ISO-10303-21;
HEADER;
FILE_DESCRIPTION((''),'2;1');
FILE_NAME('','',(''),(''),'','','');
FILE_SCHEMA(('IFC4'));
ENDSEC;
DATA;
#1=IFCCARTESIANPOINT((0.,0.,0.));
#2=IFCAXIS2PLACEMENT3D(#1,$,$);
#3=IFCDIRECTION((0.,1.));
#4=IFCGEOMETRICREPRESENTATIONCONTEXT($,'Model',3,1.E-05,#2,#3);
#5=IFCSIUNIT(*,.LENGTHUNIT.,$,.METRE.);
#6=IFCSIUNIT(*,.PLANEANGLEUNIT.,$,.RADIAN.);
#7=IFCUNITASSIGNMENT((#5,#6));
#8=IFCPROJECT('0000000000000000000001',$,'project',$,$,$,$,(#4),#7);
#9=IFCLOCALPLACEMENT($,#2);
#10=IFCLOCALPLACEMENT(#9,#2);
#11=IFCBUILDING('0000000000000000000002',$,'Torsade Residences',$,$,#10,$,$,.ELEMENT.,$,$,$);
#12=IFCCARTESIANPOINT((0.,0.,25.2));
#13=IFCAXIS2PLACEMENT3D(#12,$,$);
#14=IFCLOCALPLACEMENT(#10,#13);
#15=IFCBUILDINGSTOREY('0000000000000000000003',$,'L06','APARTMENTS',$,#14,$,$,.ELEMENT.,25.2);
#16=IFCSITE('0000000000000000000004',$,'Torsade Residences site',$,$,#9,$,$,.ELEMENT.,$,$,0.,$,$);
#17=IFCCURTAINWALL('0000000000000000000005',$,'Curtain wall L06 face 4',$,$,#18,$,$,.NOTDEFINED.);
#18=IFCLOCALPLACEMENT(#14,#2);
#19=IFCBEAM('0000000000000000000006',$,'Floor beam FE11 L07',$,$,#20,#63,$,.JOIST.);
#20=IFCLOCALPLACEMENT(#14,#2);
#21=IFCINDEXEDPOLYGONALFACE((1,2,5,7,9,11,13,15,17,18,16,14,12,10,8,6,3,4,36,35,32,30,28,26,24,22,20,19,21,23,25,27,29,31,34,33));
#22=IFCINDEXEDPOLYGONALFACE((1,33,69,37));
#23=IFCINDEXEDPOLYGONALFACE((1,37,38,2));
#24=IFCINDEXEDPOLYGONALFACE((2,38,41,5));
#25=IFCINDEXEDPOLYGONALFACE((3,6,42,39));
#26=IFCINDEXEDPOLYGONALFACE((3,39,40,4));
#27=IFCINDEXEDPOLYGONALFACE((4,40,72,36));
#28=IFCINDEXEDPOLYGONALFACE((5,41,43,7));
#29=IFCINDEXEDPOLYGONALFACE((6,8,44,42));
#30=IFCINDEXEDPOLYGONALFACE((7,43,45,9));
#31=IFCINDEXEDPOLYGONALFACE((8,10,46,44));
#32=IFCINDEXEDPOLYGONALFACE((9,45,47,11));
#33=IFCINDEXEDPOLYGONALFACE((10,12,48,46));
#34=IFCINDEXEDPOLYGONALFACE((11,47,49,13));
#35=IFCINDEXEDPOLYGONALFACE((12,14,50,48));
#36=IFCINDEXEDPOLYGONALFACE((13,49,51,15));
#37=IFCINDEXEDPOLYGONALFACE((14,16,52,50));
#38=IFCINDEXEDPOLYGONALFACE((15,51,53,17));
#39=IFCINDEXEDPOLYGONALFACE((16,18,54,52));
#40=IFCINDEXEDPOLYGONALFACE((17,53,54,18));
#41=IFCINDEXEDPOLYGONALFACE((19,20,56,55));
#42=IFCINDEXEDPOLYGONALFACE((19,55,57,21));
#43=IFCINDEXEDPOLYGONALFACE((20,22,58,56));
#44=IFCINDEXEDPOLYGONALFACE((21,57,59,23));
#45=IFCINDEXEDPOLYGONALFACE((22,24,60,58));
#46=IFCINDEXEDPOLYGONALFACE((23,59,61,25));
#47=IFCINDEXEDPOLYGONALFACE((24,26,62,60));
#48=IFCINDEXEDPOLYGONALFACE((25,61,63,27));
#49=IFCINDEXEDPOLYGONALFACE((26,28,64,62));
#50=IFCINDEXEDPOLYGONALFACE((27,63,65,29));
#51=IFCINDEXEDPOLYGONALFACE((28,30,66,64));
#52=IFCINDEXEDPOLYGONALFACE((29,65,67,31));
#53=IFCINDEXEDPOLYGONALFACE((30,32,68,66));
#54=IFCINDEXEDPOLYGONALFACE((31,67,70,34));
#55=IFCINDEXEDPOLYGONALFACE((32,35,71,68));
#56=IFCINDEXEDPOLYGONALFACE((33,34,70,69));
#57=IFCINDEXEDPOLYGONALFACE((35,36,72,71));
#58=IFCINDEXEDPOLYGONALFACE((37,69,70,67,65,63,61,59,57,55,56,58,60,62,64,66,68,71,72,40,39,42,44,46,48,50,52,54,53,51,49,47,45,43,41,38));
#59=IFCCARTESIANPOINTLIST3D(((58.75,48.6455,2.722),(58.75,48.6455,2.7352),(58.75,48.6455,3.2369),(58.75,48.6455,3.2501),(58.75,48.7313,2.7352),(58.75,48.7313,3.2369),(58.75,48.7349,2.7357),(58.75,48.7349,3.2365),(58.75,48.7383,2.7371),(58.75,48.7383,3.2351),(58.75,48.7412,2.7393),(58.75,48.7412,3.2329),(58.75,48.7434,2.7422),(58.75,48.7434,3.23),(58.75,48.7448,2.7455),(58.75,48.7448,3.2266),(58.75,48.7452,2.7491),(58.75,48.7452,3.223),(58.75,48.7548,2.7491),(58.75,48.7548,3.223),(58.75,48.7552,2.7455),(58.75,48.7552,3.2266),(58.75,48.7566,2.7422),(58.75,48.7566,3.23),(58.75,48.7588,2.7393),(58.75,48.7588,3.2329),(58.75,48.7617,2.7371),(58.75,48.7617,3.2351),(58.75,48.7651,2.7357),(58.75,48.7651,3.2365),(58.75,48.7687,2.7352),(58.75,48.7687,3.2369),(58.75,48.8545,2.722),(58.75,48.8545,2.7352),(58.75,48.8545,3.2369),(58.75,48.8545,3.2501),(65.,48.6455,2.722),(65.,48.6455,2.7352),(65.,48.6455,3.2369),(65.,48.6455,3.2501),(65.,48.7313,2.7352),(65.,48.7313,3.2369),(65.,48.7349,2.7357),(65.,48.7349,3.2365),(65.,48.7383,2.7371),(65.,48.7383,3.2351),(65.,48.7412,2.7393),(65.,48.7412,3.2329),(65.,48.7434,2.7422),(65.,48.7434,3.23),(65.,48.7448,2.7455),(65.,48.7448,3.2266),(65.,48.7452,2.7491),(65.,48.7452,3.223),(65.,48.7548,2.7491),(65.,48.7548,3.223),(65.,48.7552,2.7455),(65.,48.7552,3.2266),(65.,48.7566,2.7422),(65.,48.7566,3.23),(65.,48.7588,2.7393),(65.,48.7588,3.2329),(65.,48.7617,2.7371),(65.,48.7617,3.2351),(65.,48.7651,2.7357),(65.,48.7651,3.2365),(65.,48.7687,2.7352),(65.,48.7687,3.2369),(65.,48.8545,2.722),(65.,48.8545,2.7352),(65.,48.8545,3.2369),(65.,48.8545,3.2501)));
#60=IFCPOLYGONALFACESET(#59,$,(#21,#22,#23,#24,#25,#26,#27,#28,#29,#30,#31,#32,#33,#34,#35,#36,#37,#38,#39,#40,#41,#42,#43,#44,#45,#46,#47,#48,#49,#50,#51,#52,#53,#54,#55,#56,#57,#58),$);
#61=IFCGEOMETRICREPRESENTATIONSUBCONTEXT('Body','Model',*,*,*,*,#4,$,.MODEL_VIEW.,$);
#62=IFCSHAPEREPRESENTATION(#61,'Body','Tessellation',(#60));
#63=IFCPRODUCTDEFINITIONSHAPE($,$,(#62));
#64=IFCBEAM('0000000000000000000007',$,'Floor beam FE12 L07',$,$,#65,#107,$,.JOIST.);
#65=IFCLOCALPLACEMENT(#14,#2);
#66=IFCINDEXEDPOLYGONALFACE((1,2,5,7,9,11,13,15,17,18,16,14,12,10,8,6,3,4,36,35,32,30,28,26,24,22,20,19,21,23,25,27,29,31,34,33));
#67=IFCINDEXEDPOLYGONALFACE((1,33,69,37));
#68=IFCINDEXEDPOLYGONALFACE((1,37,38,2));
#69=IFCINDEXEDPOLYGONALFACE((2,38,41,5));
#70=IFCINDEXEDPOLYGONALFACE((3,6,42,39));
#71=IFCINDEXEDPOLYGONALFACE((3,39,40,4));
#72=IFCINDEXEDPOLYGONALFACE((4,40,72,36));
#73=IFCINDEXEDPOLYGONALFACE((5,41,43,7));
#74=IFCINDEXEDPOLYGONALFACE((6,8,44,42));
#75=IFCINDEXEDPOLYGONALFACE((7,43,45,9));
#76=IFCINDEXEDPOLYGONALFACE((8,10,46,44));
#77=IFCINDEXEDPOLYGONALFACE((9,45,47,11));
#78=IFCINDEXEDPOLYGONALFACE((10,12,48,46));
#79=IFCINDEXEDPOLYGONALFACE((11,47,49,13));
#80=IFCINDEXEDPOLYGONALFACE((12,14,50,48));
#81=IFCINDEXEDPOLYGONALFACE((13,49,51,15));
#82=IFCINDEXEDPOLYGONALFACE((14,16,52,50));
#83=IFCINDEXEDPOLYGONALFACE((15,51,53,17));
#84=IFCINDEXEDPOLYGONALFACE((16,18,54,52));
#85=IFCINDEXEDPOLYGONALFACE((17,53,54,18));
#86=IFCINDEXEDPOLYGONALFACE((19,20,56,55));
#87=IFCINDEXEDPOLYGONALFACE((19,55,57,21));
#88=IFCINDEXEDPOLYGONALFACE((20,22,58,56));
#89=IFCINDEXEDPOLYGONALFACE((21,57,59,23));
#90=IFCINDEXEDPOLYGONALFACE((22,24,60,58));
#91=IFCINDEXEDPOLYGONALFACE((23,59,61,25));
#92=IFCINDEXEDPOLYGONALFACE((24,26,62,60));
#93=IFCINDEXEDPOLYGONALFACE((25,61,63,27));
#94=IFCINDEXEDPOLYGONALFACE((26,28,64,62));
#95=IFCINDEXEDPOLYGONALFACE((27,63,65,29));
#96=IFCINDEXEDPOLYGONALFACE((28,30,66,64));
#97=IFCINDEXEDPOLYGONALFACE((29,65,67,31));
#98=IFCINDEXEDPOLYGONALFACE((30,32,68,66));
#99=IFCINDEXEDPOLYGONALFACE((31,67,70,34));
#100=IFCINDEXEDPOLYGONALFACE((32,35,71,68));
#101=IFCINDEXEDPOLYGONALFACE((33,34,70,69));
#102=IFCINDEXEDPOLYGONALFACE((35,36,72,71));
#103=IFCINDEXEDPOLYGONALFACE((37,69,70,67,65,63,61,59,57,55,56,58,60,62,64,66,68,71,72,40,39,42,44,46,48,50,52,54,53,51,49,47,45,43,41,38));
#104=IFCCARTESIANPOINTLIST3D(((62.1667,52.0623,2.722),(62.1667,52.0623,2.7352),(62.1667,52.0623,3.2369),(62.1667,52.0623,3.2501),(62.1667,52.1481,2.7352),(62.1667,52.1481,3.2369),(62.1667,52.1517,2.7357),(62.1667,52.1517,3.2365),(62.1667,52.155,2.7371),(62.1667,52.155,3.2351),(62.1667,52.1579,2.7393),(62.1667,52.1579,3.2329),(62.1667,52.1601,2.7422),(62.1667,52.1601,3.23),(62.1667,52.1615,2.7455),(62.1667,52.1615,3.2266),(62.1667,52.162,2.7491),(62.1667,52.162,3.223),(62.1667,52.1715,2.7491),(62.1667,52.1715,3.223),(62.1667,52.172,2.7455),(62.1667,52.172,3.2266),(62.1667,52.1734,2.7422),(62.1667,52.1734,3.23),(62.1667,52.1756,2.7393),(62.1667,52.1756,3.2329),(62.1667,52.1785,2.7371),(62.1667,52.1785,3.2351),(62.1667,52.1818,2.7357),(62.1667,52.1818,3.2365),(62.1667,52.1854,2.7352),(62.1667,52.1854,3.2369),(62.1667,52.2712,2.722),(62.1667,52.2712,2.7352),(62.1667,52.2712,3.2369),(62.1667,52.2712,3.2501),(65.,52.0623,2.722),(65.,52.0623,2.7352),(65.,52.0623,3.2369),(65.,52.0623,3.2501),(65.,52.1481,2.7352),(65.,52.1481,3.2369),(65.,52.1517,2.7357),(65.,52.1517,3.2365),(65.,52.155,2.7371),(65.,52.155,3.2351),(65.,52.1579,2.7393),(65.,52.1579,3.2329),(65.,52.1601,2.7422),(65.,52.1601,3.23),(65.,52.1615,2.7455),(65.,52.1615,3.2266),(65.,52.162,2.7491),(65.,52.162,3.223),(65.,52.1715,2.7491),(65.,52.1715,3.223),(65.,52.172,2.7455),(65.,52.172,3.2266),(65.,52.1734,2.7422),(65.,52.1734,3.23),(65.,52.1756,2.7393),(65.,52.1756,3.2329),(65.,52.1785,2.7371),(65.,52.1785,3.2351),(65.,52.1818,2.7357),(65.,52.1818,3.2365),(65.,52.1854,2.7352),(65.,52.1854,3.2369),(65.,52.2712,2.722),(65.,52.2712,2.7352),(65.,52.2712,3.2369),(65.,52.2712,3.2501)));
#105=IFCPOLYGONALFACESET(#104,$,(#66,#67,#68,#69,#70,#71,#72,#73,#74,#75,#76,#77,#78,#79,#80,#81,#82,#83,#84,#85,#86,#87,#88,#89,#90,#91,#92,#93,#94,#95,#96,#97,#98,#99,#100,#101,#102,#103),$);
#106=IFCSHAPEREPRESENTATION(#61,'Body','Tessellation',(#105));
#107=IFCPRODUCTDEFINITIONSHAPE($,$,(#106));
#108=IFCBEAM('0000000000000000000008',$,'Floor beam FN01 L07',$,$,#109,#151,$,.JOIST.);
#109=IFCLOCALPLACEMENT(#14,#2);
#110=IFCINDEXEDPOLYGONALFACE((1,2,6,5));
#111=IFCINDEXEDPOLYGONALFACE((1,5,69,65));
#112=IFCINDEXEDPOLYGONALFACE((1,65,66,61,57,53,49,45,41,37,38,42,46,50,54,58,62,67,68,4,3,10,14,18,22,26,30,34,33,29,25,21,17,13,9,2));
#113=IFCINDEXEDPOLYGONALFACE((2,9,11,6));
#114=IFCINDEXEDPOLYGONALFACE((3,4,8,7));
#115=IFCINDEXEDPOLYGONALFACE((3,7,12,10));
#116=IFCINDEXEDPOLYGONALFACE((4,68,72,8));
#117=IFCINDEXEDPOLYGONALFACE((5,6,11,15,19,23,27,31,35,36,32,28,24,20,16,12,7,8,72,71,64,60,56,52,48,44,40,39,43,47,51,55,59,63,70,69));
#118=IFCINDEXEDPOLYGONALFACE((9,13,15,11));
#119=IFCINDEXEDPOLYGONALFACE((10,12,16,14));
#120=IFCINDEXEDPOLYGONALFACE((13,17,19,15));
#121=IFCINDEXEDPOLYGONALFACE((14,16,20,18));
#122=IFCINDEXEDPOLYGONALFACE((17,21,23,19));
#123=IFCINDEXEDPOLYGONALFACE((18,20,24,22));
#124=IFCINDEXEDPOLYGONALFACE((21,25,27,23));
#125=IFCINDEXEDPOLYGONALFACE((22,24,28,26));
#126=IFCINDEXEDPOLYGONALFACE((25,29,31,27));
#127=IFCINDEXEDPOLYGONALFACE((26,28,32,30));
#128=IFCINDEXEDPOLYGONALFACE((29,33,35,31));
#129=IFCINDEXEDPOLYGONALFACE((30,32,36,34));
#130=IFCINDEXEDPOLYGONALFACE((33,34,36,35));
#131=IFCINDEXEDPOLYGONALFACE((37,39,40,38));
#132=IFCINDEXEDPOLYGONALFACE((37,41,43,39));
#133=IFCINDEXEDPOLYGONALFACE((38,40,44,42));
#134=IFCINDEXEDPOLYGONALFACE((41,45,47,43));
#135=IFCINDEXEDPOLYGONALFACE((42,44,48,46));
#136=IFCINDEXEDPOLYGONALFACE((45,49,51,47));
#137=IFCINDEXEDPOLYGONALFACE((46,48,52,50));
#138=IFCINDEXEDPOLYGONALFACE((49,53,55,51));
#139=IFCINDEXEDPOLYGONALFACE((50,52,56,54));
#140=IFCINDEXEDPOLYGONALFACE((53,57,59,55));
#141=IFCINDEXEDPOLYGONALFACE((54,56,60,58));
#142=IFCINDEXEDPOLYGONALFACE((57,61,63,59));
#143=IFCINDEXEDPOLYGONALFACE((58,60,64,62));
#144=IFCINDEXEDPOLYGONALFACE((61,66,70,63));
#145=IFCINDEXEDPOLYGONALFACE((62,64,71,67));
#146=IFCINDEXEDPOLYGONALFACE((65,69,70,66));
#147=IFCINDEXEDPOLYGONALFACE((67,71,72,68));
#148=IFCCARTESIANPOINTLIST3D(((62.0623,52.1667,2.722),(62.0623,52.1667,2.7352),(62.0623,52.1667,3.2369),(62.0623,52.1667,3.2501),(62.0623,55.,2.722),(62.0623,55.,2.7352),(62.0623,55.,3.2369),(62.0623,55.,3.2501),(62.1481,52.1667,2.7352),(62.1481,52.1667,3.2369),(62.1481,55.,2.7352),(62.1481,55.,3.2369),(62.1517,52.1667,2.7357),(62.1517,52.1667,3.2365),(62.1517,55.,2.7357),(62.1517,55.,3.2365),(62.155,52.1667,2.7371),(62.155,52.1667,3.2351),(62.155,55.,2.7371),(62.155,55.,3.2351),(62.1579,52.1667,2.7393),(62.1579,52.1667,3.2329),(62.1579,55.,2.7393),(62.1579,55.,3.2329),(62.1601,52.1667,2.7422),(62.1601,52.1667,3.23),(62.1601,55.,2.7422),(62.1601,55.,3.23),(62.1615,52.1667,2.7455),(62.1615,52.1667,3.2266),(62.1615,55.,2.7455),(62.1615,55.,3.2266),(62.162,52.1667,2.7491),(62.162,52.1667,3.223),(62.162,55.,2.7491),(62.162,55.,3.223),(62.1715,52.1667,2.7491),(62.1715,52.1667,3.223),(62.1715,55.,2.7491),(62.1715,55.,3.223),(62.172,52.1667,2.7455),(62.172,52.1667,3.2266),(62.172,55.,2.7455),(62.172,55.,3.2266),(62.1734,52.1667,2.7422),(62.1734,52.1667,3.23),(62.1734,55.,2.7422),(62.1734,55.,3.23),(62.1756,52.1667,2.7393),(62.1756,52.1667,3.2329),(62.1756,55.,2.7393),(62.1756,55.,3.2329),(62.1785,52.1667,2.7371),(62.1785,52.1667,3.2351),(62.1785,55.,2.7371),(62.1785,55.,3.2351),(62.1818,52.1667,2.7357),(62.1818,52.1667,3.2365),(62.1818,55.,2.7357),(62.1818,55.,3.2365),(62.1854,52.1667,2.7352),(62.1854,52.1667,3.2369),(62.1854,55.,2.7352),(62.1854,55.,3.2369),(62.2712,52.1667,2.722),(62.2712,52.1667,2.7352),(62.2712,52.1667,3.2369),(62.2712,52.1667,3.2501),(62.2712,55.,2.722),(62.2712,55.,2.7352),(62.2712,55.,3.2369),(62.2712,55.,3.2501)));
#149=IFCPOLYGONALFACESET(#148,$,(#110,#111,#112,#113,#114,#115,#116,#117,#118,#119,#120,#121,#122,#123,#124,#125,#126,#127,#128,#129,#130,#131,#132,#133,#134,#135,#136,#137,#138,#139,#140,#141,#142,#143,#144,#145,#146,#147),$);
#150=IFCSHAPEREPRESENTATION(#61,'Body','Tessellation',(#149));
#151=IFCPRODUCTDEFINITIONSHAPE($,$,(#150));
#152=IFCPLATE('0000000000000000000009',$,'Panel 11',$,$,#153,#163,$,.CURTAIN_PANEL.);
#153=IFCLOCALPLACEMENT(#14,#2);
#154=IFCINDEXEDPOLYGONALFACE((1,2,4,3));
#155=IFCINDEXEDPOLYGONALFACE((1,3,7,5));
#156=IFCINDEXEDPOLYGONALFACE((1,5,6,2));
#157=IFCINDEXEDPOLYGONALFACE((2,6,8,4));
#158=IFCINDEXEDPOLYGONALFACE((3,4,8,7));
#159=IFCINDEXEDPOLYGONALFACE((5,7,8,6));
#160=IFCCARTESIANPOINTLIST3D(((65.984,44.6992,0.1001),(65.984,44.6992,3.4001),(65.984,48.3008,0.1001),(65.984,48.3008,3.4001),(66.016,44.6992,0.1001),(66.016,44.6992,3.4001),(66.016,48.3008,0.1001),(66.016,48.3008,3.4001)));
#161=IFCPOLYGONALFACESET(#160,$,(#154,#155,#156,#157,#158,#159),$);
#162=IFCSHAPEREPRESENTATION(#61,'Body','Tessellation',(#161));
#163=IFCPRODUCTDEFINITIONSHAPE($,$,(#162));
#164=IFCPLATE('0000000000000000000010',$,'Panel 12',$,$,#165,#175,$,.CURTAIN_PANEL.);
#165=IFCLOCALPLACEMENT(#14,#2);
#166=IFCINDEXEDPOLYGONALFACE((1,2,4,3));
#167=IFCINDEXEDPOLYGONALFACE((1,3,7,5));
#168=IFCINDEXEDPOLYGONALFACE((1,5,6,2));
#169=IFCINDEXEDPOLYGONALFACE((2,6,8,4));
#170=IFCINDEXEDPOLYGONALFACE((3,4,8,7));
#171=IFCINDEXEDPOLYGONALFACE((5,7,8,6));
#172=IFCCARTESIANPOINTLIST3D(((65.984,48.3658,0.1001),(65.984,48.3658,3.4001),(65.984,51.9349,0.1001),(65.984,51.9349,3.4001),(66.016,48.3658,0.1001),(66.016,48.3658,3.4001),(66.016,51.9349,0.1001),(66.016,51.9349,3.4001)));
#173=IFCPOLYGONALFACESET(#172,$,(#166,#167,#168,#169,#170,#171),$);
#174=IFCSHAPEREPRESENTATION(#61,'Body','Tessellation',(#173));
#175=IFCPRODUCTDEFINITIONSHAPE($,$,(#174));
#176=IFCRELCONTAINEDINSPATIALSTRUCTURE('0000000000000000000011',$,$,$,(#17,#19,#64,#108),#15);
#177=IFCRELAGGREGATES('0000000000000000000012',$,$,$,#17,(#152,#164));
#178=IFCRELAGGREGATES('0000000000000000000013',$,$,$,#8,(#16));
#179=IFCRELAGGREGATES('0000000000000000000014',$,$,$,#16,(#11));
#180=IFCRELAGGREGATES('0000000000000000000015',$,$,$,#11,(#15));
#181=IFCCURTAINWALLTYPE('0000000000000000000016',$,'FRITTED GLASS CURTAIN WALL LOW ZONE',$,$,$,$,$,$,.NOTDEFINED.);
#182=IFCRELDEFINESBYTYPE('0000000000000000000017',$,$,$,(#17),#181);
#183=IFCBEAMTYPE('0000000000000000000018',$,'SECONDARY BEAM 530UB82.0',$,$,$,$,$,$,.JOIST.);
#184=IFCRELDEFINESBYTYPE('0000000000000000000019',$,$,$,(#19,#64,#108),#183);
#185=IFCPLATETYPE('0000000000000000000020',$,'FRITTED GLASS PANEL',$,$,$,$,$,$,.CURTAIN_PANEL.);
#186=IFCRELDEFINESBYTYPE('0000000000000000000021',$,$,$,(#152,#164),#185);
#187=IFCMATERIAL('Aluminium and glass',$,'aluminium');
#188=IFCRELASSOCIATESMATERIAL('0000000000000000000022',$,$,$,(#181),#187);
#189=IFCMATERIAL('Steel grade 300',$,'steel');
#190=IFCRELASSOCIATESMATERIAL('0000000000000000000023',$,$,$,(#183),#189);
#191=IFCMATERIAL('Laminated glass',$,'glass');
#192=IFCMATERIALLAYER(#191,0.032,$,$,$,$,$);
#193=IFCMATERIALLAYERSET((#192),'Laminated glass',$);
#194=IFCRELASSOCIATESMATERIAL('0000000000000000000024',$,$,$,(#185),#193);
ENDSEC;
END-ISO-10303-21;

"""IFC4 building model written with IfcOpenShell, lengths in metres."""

from ifc_helpers import new_model, si_unit, direction, frame, origin, origin_2d, place, context, subcontext, project, spatial, rectangle, i_section, extrude, material, layer, layer_set, material_profile, profile_set, type_object, element, aggregate, save


model = new_model("IFC4")

# Units and contexts
model_context = context("Model", 3, precision=1e-05, world=origin(), true_north=direction((0.0, 1.0)))
body_context = subcontext(model_context, "Body", "Model", "MODEL_VIEW")
ifc_project = project(units=[si_unit("LENGTHUNIT", "METRE"), si_unit("PLANEANGLEUNIT", "RADIAN")], contexts=[model_context])

# Site, building, storey
site_placement = place(None, origin())
site = spatial("IfcSite", under=ifc_project, at=site_placement, Name="Torsade Residences site", CompositionType="ELEMENT", RefElevation=0.0)
building_placement = place(site_placement, origin())
building = spatial("IfcBuilding", under=site, at=building_placement, Name="Torsade Residences", CompositionType="ELEMENT")
storey_placement = place(building_placement, frame((0.0, 0.0, 25.2)))
storey = spatial("IfcBuildingStorey", under=building, at=storey_placement, Name="L06", Description="APARTMENTS", CompositionType="ELEMENT", Elevation=25.2)

# Curtain wall
ifc_material_1 = material(Name="Aluminium and glass", Category="aluminium")
curtain_wall_type = type_object("IfcCurtainWallType", Name="FRITTED GLASS CURTAIN WALL LOW ZONE", PredefinedType="NOTDEFINED", material=ifc_material_1)
curtain_wall_placement = place(storey_placement, origin())
curtain_wall = element("IfcCurtainWall", 1, at=curtain_wall_placement, inside=storey, type_object=curtain_wall_type, Name="Curtain wall L06 face 4", PredefinedType="NOTDEFINED")

# Beams
ifc_material_2 = material(Name="Steel grade 300", Category="steel")
ifc_material_profile_1 = material_profile(ifc_material_2, i_section(OverallWidth=0.209, OverallDepth=0.5281, WebThickness=0.0095, FlangeThickness=0.0132, FilletRadius=0.0139, at=origin_2d()), Name="530UB82.0")
ifc_profile_set_1 = profile_set([ifc_material_profile_1], Name="Steel grade 300")
beam_type_1 = type_object("IfcBeamType", Name="SECONDARY BEAM 530UB82.0", PredefinedType="JOIST", material=ifc_profile_set_1)
beam_1_placement = place(storey_placement, frame((65.0, 48.75, 2.9861), z_axis=(-1.0, 0.0, 0.0), x_axis=(0.0, -1.0, 0.0)))
element("IfcBeam", 2, at=beam_1_placement, inside=storey, type_object=beam_type_1, Name="Floor beam FE11 L07", PredefinedType="JOIST", context=body_context, shape_type="SweptSolid", body=[
    extrude(i_section(OverallWidth=0.209, OverallDepth=0.5281, WebThickness=0.0095, FlangeThickness=0.0132, FilletRadius=0.0139, at=origin_2d()), origin(), (0.0, 0.0, 1.0), 6.25),
])
for number, where, z_axis, x_axis, name in (
    (3, (65.0, 52.1667, 2.9861), (-1.0, 0.0, 0.0), (0.0, -1.0, 0.0), "Floor beam FE12 L07"),
    (4, (62.1667, 55.0, 2.9861), (0.0, -1.0, 0.0), (1.0, 0.0, 0.0), "Floor beam FN01 L07"),
):
    element("IfcBeam", number, at=place(storey_placement, frame(where, z_axis=z_axis, x_axis=x_axis)), inside=storey, type_object=beam_type_1, Name=name, PredefinedType="JOIST", context=body_context, shape_type="SweptSolid", body=[
        extrude(i_section(OverallWidth=0.209, OverallDepth=0.5281, WebThickness=0.0095, FlangeThickness=0.0132, FilletRadius=0.0139, at=origin_2d()), origin(), (0.0, 0.0, 1.0), 2.8333),
    ])

# Plates
ifc_material_3 = material(Name="Laminated glass", Category="glass")
ifc_layer_1 = layer(ifc_material_3, 0.032)
ifc_layer_set_1 = layer_set([ifc_layer_1], Name="Laminated glass")
plate_type = type_object("IfcPlateType", Name="FRITTED GLASS PANEL", PredefinedType="CURTAIN_PANEL", material=ifc_layer_set_1)
plate_1_placement = place(storey_placement, frame((66.0, 46.5, 0.1001), z_axis=(0.0, 0.0, 1.0), x_axis=(0.0, 1.0, 0.0)))
plate_1 = element("IfcPlate", 5, at=plate_1_placement, type_object=plate_type, Name="Panel 11", PredefinedType="CURTAIN_PANEL", context=body_context, shape_type="SweptSolid", body=[
    extrude(rectangle(XDim=3.6016, YDim=0.032, at=origin_2d()), origin(), (0.0, 0.0, 1.0), 3.3),
])
plate_2_placement = place(storey_placement, frame((66.0, 50.1504, 0.1001), z_axis=(0.0, 0.0, 1.0), x_axis=(0.0, 1.0, 0.0)))
plate_2 = element("IfcPlate", 6, at=plate_2_placement, type_object=plate_type, Name="Panel 12", PredefinedType="CURTAIN_PANEL", context=body_context, shape_type="SweptSolid", body=[
    extrude(rectangle(XDim=3.5691, YDim=0.032, at=origin_2d()), origin(), (0.0, 0.0, 1.0), 3.3),
])
aggregate(curtain_wall, [plate_1, plate_2])

save(model, "model.ifc")
